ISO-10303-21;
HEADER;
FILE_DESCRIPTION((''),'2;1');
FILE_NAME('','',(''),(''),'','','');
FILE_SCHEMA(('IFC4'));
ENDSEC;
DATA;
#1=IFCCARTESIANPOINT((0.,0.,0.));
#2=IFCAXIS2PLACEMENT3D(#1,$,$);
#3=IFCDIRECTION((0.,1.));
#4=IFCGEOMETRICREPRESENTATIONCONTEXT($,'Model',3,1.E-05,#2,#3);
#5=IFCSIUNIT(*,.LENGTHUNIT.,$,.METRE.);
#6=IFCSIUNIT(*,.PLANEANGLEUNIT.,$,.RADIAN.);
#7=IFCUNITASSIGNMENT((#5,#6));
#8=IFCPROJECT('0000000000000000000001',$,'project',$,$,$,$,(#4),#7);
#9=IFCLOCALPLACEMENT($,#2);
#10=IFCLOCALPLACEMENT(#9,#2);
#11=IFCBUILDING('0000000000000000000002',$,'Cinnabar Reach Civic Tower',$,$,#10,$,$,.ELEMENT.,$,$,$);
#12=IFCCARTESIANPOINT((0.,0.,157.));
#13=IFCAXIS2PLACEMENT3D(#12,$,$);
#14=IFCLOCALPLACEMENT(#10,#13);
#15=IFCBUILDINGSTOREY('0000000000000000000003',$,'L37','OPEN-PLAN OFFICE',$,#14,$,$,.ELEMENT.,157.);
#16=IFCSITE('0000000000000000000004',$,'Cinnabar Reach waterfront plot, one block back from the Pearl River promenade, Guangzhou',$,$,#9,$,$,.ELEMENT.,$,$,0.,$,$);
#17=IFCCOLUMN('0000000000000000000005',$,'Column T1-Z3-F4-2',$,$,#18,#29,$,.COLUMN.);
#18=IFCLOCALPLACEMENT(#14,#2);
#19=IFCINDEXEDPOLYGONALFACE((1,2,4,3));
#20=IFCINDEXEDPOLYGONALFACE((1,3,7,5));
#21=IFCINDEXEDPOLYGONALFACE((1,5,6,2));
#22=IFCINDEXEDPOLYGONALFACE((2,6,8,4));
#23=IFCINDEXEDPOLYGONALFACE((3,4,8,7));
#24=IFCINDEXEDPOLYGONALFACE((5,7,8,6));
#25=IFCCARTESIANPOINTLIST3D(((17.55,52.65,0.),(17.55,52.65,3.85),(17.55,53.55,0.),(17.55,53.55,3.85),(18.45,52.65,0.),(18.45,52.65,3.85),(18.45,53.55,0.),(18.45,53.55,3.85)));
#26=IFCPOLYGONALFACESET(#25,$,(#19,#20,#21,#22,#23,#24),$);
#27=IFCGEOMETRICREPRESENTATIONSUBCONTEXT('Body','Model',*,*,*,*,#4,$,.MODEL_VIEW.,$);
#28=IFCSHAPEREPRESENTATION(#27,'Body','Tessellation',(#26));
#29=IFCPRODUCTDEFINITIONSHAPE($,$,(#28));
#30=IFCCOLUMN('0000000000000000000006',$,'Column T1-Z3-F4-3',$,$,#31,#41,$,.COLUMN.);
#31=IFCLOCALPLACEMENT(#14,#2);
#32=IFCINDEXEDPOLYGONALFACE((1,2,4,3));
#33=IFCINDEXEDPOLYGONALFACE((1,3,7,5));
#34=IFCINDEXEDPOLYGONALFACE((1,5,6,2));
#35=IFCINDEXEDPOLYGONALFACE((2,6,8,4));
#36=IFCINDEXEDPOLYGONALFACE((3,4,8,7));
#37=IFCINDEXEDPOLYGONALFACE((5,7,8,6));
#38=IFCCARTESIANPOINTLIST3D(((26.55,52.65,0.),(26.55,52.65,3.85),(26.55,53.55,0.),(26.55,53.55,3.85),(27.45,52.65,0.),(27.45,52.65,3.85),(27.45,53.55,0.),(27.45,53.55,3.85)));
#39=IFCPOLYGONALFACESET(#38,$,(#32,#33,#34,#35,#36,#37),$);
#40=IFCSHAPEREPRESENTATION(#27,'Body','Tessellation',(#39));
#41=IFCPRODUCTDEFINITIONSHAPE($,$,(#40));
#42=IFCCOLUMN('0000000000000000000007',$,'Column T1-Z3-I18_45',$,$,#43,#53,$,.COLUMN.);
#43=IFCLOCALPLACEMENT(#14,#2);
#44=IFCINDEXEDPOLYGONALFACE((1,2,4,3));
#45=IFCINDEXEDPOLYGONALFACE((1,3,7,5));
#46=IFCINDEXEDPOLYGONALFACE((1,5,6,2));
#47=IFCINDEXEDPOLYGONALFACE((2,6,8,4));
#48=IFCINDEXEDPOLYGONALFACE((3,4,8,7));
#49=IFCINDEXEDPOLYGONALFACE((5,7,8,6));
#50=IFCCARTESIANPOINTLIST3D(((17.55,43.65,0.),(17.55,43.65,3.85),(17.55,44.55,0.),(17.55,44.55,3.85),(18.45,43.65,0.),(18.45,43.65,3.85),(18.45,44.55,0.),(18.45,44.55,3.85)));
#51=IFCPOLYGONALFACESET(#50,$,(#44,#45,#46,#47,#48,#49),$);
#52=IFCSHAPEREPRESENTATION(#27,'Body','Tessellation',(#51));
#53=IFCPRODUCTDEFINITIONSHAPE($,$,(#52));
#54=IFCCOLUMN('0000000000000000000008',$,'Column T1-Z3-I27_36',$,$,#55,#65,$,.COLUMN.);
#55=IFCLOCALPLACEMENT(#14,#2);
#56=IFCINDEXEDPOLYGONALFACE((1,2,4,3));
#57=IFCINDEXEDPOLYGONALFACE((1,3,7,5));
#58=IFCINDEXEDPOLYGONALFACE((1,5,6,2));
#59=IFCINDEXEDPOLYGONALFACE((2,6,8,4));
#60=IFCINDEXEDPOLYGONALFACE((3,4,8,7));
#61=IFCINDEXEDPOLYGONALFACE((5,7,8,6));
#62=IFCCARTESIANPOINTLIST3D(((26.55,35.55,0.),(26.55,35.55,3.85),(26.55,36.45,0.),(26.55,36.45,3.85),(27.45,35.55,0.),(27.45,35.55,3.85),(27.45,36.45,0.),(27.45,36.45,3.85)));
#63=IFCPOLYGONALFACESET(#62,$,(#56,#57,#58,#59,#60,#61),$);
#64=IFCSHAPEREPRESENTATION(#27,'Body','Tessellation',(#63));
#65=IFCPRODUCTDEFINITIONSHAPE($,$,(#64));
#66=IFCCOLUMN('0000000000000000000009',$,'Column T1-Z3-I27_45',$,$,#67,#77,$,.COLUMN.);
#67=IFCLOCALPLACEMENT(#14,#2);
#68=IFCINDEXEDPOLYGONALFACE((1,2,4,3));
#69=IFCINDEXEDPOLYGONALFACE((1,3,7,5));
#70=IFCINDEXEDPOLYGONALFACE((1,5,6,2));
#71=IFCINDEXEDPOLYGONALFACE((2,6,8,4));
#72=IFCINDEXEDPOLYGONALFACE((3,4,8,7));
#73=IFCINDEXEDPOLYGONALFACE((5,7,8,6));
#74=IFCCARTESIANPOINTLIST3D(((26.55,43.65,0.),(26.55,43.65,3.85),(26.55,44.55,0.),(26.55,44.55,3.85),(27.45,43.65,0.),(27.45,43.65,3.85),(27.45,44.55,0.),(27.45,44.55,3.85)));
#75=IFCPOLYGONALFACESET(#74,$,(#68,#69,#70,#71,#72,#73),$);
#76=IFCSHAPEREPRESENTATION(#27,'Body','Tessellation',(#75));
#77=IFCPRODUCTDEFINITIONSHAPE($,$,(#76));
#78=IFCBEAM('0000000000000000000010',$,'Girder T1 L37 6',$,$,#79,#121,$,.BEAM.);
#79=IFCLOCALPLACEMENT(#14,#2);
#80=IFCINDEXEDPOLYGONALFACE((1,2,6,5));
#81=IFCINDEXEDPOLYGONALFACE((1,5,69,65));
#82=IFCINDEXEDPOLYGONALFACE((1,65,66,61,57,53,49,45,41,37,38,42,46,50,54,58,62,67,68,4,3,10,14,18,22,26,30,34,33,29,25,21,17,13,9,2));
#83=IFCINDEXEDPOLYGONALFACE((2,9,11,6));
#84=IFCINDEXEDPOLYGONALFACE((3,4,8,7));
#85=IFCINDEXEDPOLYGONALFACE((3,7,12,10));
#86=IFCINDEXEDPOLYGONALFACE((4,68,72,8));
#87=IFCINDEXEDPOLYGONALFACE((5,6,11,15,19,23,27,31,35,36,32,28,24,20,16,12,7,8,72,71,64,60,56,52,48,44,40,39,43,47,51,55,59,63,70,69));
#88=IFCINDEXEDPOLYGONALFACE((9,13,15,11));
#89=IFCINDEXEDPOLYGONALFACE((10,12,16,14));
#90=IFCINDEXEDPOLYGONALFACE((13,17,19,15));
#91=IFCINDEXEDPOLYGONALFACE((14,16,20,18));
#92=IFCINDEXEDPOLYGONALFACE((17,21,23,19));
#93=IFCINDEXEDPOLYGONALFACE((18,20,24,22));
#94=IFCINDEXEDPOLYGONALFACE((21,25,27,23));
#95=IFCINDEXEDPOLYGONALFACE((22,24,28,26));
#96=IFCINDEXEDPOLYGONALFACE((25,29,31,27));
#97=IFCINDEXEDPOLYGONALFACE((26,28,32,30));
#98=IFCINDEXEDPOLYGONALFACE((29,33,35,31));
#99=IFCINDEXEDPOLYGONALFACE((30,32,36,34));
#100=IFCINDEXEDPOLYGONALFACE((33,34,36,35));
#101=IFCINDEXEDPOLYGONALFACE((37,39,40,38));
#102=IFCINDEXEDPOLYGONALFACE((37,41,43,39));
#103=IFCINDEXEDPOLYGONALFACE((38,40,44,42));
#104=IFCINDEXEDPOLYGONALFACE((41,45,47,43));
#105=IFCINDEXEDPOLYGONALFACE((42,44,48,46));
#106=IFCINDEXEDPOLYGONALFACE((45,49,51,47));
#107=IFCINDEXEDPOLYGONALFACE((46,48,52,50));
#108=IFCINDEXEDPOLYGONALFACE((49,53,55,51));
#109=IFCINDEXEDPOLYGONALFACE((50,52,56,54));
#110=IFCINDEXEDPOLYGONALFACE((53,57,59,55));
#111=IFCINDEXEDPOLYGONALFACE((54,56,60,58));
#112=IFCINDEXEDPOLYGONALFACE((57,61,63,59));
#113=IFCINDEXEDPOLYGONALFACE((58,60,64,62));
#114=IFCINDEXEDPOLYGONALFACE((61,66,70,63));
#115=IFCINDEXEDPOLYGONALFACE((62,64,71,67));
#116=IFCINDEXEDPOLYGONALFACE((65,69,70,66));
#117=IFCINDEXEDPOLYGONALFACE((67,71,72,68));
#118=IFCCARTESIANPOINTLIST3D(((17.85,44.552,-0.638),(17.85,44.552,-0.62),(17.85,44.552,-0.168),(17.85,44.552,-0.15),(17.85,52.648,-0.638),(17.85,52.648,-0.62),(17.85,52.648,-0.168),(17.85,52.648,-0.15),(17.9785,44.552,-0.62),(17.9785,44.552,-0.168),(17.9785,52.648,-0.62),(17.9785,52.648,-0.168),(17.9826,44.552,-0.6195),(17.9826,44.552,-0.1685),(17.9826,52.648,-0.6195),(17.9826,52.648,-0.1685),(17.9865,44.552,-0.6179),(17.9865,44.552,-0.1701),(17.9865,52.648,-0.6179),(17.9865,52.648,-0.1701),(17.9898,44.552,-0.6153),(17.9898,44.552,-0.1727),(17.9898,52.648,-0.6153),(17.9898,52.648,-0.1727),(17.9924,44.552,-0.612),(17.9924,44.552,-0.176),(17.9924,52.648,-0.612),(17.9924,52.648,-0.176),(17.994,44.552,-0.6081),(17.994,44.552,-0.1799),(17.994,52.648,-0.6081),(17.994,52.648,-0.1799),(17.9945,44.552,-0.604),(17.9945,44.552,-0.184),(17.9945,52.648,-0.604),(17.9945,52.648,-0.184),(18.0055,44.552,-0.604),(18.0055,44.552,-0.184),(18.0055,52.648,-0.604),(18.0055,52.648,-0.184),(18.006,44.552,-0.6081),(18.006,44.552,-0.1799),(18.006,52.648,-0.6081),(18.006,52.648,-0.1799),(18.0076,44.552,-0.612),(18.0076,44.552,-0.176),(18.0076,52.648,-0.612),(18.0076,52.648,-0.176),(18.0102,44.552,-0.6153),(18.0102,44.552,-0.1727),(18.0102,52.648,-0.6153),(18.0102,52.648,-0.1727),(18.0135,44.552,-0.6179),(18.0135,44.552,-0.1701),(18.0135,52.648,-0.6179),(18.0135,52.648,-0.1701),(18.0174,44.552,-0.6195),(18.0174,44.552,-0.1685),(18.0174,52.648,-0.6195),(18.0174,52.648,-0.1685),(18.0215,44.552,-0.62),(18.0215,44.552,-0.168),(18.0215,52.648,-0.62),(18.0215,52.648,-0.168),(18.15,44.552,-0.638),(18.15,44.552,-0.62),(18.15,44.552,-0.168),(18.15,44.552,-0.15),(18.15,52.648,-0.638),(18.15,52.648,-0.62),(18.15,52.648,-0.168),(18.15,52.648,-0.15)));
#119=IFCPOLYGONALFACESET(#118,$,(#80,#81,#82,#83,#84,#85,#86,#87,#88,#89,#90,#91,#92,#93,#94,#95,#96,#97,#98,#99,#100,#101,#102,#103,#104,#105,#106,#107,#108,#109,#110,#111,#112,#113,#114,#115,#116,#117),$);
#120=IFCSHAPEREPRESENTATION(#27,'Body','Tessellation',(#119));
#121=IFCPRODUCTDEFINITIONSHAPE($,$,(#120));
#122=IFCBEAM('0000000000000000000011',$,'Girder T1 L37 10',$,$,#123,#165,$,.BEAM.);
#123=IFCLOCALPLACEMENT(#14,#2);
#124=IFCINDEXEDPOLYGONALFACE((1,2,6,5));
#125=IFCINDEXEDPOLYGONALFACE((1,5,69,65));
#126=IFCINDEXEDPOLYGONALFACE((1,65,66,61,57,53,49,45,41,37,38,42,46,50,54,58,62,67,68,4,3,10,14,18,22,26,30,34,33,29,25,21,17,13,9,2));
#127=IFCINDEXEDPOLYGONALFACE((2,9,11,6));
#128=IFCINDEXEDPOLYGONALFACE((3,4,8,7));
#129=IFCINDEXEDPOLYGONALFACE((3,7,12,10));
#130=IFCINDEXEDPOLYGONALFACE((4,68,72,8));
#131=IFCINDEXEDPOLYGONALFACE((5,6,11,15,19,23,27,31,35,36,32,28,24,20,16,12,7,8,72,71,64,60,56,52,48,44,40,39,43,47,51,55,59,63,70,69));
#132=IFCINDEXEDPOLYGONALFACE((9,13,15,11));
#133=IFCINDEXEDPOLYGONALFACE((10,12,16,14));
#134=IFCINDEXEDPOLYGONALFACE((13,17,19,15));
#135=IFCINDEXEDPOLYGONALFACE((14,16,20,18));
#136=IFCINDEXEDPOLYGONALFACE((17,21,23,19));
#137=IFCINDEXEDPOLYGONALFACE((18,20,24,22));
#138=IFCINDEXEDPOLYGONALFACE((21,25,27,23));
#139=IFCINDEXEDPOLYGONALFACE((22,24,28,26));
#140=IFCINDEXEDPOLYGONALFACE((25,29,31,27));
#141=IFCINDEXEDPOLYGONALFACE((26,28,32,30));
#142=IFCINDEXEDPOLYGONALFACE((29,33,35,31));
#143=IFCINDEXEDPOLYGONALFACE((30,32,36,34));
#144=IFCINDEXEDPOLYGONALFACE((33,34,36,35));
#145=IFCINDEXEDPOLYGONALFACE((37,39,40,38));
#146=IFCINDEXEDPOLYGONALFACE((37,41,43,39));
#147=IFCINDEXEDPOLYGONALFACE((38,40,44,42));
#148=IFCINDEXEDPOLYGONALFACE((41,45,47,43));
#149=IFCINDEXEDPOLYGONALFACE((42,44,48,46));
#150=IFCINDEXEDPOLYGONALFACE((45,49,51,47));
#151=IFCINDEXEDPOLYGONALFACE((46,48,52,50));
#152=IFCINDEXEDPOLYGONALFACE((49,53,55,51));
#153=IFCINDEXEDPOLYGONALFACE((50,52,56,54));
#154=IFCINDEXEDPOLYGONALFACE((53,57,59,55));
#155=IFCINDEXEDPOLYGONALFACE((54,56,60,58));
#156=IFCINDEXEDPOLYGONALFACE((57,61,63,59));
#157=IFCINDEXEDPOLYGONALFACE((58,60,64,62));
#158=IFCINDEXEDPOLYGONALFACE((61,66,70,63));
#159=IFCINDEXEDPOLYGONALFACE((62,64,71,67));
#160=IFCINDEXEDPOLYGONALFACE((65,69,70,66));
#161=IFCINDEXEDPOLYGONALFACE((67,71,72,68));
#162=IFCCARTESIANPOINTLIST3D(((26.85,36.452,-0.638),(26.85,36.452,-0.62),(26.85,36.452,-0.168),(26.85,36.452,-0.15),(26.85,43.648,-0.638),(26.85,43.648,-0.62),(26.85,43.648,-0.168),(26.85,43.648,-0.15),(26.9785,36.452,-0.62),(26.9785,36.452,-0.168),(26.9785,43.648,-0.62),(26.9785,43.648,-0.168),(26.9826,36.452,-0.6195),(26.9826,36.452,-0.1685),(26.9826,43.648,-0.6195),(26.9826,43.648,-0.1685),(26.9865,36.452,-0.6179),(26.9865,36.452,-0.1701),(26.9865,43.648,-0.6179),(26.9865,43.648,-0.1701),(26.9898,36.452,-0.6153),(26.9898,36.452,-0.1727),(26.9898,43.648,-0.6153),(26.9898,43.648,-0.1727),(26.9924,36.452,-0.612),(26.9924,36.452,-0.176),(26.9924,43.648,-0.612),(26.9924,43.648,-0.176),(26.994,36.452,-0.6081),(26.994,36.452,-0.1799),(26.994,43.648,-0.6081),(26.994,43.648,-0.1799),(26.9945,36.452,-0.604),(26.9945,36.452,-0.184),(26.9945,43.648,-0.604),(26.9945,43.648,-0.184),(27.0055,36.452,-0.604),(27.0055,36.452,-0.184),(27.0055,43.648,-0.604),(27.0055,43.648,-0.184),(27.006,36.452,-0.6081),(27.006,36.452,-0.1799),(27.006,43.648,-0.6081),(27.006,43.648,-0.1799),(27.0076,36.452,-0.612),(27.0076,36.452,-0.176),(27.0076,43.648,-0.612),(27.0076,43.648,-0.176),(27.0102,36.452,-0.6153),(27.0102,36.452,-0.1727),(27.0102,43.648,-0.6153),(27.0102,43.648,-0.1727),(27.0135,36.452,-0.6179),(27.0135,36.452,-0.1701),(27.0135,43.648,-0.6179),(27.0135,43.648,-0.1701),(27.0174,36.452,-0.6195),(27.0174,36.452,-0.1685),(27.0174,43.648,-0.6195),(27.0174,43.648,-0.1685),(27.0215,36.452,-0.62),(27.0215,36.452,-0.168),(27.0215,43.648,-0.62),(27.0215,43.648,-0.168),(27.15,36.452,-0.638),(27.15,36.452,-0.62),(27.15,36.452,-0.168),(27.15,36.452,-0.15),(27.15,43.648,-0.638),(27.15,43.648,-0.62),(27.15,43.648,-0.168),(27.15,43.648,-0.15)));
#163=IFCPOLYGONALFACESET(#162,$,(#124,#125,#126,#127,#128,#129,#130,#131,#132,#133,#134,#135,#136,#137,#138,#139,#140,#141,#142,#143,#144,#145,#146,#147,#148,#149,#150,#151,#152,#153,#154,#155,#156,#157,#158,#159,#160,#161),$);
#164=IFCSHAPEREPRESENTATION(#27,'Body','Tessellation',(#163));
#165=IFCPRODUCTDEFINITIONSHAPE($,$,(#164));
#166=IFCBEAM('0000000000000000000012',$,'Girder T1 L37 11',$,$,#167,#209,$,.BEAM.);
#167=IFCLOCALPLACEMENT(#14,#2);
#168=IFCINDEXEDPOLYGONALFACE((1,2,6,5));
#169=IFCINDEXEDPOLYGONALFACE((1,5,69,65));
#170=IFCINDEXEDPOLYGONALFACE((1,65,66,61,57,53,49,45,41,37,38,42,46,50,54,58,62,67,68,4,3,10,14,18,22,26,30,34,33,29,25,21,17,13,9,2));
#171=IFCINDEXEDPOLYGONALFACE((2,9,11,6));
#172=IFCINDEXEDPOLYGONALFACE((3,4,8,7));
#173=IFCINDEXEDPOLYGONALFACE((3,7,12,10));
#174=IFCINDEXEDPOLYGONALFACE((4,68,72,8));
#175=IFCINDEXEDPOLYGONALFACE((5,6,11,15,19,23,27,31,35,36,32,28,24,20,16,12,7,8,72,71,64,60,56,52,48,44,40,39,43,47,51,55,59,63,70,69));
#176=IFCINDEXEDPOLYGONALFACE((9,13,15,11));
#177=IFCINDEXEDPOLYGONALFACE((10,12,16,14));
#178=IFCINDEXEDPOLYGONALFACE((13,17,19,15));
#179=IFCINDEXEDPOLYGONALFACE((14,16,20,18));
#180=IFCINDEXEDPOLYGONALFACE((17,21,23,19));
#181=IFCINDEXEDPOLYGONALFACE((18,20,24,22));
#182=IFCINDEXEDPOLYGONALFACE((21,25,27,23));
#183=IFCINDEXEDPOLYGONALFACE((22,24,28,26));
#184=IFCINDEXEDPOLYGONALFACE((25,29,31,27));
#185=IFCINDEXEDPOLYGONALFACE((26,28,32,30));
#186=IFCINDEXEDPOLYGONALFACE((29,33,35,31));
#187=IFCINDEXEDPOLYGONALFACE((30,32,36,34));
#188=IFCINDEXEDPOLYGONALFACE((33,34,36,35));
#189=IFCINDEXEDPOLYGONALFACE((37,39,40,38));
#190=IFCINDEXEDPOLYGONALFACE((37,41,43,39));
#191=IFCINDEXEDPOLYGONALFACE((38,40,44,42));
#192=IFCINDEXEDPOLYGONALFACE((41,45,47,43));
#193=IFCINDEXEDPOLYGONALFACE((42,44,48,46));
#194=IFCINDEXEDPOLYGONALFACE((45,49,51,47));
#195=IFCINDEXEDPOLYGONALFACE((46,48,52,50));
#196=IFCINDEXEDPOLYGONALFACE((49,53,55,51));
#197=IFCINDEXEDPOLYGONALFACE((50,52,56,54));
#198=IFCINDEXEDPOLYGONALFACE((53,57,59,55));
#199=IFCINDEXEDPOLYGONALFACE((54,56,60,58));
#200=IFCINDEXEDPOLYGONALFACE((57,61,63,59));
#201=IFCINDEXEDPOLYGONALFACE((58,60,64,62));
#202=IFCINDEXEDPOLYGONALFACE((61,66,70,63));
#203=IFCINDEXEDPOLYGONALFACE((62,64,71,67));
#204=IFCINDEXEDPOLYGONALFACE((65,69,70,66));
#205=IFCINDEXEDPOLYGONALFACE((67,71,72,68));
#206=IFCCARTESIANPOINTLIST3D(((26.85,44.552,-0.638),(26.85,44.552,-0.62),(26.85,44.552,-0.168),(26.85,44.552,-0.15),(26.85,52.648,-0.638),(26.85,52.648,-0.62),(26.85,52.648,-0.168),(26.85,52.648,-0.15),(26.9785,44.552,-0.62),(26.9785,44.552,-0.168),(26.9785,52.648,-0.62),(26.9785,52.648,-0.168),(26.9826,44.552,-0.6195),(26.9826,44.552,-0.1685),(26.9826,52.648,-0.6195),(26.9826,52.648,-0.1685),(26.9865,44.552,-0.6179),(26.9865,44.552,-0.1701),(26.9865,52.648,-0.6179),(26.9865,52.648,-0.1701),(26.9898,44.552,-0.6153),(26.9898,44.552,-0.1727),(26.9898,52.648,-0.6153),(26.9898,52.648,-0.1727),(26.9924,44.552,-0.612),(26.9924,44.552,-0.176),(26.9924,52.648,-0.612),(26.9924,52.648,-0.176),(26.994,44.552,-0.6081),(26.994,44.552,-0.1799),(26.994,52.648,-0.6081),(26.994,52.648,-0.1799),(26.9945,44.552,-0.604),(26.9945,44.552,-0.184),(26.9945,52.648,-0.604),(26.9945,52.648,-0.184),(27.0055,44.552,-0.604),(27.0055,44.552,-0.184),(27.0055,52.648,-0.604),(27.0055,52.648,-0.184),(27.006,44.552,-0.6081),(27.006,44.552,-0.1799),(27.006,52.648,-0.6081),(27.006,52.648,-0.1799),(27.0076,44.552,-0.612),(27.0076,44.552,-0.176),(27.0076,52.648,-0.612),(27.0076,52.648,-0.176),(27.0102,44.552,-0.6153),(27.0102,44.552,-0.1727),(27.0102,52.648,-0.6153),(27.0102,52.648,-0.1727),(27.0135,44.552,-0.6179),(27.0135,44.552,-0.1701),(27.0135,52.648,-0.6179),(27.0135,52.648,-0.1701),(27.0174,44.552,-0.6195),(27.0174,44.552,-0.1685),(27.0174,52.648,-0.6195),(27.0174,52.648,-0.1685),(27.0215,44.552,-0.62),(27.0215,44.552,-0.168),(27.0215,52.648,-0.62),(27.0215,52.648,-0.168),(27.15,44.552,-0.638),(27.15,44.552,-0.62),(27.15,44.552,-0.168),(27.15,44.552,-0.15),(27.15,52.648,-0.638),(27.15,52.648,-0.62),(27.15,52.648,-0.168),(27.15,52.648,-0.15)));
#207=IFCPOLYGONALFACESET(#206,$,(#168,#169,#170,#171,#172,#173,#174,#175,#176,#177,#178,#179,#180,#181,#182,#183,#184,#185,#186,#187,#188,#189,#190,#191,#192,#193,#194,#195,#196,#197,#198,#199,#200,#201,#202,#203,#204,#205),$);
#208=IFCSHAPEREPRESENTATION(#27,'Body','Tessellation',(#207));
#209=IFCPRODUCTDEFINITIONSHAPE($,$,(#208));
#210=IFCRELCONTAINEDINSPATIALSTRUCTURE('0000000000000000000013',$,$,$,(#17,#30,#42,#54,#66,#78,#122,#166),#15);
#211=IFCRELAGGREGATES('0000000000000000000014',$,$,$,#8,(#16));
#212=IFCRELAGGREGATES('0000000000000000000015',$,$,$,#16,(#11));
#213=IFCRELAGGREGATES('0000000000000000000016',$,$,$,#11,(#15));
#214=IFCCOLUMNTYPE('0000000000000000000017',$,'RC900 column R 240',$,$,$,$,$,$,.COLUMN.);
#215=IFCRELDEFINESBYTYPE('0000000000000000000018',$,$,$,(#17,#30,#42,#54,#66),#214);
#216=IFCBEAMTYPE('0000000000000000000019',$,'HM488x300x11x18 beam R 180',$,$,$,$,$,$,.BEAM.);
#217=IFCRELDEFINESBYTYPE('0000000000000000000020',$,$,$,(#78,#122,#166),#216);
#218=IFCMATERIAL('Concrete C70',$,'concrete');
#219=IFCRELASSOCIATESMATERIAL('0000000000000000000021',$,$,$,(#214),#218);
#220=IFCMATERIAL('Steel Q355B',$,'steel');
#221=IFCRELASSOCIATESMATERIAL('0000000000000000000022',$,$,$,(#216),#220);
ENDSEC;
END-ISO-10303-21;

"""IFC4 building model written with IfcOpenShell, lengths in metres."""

from ifc_helpers import new_model, si_unit, direction, frame, origin, origin_2d, place, context, subcontext, project, spatial, rectangle, i_section, extrude, material, material_profile, profile_set, type_object, element, save


model = new_model("IFC4")

# Units and contexts
model_context = context("Model", 3, precision=1e-05, world=origin(), true_north=direction((0.0, 1.0)))
body_context = subcontext(model_context, "Body", "Model", "MODEL_VIEW")
ifc_project = project(units=[si_unit("LENGTHUNIT", "METRE"), si_unit("PLANEANGLEUNIT", "RADIAN")], contexts=[model_context])

# Site, building, storey
site_placement = place(None, origin())
site = spatial("IfcSite", under=ifc_project, at=site_placement, Name="Cinnabar Reach waterfront plot, one block back from the Pearl River promenade, Guangzhou", CompositionType="ELEMENT", RefElevation=0.0)
building_placement = place(site_placement, origin())
building = spatial("IfcBuilding", under=site, at=building_placement, Name="Cinnabar Reach Civic Tower", CompositionType="ELEMENT")
storey_placement = place(building_placement, frame((0.0, 0.0, 157.0)))
storey = spatial("IfcBuildingStorey", under=building, at=storey_placement, Name="L37", Description="OPEN-PLAN OFFICE", CompositionType="ELEMENT", Elevation=157.0)

# Columns
ifc_material_1 = material(Name="Concrete C70", Category="concrete")
ifc_material_profile_1 = material_profile(ifc_material_1, rectangle(XDim=0.9, YDim=0.9, at=origin_2d()), Name="RC900")
ifc_profile_set_1 = profile_set([ifc_material_profile_1], Name="Concrete C70")
column_type = type_object("IfcColumnType", Name="RC900 column R 240", PredefinedType="COLUMN", material=ifc_profile_set_1)
for number, where, z_axis, x_axis, name in (
    (1, (18.0, 53.1, 0.0), (0.0, 0.0, 1.0), (1.0, 0.0, 0.0), "Column T1-Z3-F4-2"),
    (2, (27.0, 53.1, 0.0), (0.0, 0.0, 1.0), (1.0, 0.0, 0.0), "Column T1-Z3-F4-3"),
    (3, (18.0, 44.1, 0.0), (0.0, 0.0, 1.0), (1.0, 0.0, 0.0), "Column T1-Z3-I18_45"),
    (4, (27.0, 36.0, 0.0), (0.0, 0.0, 1.0), (1.0, 0.0, 0.0), "Column T1-Z3-I27_36"),
    (5, (27.0, 44.1, 0.0), (0.0, 0.0, 1.0), (1.0, 0.0, 0.0), "Column T1-Z3-I27_45"),
):
    element("IfcColumn", number, at=place(storey_placement, frame(where, z_axis=z_axis, x_axis=x_axis)), inside=storey, type_object=column_type, Name=name, PredefinedType="COLUMN", context=body_context, shape_type="SweptSolid", body=[
        extrude(rectangle(XDim=0.9, YDim=0.9, at=origin_2d()), origin(), (0.0, 0.0, 1.0), 3.85),
    ])

# Beams
ifc_material_2 = material(Name="Steel Q355B", Category="steel")
ifc_material_profile_2 = material_profile(ifc_material_2, i_section(OverallWidth=0.3, OverallDepth=0.488, WebThickness=0.011, FlangeThickness=0.018, FilletRadius=0.016, at=origin_2d()), Name="HM488x300x11x18")
ifc_profile_set_2 = profile_set([ifc_material_profile_2], Name="Steel Q355B")
beam_type_1 = type_object("IfcBeamType", Name="HM488x300x11x18 beam R 180", PredefinedType="BEAM", material=ifc_profile_set_2)
beam_1_placement = place(storey_placement, frame((18.0, 44.552, -0.394), z_axis=(0.0, 1.0, 0.0), x_axis=(-1.0, 0.0, 0.0)))
element("IfcBeam", 6, at=beam_1_placement, inside=storey, type_object=beam_type_1, Name="Girder T1 L37 6", PredefinedType="BEAM", context=body_context, shape_type="SweptSolid", body=[
    extrude(i_section(OverallWidth=0.3, OverallDepth=0.488, WebThickness=0.011, FlangeThickness=0.018, FilletRadius=0.016, at=origin_2d()), origin(), (0.0, 0.0, 1.0), 8.096),
])
beam_2_placement = place(storey_placement, frame((27.0, 36.452, -0.394), z_axis=(0.0, 1.0, 0.0), x_axis=(-1.0, 0.0, 0.0)))
element("IfcBeam", 7, at=beam_2_placement, inside=storey, type_object=beam_type_1, Name="Girder T1 L37 10", PredefinedType="BEAM", context=body_context, shape_type="SweptSolid", body=[
    extrude(i_section(OverallWidth=0.3, OverallDepth=0.488, WebThickness=0.011, FlangeThickness=0.018, FilletRadius=0.016, at=origin_2d()), origin(), (0.0, 0.0, 1.0), 7.196),
])
beam_3_placement = place(storey_placement, frame((27.0, 44.552, -0.394), z_axis=(0.0, 1.0, 0.0), x_axis=(-1.0, 0.0, 0.0)))
element("IfcBeam", 8, at=beam_3_placement, inside=storey, type_object=beam_type_1, Name="Girder T1 L37 11", PredefinedType="BEAM", context=body_context, shape_type="SweptSolid", body=[
    extrude(i_section(OverallWidth=0.3, OverallDepth=0.488, WebThickness=0.011, FlangeThickness=0.018, FilletRadius=0.016, at=origin_2d()), origin(), (0.0, 0.0, 1.0), 8.096),
])

save(model, "model.ifc")
